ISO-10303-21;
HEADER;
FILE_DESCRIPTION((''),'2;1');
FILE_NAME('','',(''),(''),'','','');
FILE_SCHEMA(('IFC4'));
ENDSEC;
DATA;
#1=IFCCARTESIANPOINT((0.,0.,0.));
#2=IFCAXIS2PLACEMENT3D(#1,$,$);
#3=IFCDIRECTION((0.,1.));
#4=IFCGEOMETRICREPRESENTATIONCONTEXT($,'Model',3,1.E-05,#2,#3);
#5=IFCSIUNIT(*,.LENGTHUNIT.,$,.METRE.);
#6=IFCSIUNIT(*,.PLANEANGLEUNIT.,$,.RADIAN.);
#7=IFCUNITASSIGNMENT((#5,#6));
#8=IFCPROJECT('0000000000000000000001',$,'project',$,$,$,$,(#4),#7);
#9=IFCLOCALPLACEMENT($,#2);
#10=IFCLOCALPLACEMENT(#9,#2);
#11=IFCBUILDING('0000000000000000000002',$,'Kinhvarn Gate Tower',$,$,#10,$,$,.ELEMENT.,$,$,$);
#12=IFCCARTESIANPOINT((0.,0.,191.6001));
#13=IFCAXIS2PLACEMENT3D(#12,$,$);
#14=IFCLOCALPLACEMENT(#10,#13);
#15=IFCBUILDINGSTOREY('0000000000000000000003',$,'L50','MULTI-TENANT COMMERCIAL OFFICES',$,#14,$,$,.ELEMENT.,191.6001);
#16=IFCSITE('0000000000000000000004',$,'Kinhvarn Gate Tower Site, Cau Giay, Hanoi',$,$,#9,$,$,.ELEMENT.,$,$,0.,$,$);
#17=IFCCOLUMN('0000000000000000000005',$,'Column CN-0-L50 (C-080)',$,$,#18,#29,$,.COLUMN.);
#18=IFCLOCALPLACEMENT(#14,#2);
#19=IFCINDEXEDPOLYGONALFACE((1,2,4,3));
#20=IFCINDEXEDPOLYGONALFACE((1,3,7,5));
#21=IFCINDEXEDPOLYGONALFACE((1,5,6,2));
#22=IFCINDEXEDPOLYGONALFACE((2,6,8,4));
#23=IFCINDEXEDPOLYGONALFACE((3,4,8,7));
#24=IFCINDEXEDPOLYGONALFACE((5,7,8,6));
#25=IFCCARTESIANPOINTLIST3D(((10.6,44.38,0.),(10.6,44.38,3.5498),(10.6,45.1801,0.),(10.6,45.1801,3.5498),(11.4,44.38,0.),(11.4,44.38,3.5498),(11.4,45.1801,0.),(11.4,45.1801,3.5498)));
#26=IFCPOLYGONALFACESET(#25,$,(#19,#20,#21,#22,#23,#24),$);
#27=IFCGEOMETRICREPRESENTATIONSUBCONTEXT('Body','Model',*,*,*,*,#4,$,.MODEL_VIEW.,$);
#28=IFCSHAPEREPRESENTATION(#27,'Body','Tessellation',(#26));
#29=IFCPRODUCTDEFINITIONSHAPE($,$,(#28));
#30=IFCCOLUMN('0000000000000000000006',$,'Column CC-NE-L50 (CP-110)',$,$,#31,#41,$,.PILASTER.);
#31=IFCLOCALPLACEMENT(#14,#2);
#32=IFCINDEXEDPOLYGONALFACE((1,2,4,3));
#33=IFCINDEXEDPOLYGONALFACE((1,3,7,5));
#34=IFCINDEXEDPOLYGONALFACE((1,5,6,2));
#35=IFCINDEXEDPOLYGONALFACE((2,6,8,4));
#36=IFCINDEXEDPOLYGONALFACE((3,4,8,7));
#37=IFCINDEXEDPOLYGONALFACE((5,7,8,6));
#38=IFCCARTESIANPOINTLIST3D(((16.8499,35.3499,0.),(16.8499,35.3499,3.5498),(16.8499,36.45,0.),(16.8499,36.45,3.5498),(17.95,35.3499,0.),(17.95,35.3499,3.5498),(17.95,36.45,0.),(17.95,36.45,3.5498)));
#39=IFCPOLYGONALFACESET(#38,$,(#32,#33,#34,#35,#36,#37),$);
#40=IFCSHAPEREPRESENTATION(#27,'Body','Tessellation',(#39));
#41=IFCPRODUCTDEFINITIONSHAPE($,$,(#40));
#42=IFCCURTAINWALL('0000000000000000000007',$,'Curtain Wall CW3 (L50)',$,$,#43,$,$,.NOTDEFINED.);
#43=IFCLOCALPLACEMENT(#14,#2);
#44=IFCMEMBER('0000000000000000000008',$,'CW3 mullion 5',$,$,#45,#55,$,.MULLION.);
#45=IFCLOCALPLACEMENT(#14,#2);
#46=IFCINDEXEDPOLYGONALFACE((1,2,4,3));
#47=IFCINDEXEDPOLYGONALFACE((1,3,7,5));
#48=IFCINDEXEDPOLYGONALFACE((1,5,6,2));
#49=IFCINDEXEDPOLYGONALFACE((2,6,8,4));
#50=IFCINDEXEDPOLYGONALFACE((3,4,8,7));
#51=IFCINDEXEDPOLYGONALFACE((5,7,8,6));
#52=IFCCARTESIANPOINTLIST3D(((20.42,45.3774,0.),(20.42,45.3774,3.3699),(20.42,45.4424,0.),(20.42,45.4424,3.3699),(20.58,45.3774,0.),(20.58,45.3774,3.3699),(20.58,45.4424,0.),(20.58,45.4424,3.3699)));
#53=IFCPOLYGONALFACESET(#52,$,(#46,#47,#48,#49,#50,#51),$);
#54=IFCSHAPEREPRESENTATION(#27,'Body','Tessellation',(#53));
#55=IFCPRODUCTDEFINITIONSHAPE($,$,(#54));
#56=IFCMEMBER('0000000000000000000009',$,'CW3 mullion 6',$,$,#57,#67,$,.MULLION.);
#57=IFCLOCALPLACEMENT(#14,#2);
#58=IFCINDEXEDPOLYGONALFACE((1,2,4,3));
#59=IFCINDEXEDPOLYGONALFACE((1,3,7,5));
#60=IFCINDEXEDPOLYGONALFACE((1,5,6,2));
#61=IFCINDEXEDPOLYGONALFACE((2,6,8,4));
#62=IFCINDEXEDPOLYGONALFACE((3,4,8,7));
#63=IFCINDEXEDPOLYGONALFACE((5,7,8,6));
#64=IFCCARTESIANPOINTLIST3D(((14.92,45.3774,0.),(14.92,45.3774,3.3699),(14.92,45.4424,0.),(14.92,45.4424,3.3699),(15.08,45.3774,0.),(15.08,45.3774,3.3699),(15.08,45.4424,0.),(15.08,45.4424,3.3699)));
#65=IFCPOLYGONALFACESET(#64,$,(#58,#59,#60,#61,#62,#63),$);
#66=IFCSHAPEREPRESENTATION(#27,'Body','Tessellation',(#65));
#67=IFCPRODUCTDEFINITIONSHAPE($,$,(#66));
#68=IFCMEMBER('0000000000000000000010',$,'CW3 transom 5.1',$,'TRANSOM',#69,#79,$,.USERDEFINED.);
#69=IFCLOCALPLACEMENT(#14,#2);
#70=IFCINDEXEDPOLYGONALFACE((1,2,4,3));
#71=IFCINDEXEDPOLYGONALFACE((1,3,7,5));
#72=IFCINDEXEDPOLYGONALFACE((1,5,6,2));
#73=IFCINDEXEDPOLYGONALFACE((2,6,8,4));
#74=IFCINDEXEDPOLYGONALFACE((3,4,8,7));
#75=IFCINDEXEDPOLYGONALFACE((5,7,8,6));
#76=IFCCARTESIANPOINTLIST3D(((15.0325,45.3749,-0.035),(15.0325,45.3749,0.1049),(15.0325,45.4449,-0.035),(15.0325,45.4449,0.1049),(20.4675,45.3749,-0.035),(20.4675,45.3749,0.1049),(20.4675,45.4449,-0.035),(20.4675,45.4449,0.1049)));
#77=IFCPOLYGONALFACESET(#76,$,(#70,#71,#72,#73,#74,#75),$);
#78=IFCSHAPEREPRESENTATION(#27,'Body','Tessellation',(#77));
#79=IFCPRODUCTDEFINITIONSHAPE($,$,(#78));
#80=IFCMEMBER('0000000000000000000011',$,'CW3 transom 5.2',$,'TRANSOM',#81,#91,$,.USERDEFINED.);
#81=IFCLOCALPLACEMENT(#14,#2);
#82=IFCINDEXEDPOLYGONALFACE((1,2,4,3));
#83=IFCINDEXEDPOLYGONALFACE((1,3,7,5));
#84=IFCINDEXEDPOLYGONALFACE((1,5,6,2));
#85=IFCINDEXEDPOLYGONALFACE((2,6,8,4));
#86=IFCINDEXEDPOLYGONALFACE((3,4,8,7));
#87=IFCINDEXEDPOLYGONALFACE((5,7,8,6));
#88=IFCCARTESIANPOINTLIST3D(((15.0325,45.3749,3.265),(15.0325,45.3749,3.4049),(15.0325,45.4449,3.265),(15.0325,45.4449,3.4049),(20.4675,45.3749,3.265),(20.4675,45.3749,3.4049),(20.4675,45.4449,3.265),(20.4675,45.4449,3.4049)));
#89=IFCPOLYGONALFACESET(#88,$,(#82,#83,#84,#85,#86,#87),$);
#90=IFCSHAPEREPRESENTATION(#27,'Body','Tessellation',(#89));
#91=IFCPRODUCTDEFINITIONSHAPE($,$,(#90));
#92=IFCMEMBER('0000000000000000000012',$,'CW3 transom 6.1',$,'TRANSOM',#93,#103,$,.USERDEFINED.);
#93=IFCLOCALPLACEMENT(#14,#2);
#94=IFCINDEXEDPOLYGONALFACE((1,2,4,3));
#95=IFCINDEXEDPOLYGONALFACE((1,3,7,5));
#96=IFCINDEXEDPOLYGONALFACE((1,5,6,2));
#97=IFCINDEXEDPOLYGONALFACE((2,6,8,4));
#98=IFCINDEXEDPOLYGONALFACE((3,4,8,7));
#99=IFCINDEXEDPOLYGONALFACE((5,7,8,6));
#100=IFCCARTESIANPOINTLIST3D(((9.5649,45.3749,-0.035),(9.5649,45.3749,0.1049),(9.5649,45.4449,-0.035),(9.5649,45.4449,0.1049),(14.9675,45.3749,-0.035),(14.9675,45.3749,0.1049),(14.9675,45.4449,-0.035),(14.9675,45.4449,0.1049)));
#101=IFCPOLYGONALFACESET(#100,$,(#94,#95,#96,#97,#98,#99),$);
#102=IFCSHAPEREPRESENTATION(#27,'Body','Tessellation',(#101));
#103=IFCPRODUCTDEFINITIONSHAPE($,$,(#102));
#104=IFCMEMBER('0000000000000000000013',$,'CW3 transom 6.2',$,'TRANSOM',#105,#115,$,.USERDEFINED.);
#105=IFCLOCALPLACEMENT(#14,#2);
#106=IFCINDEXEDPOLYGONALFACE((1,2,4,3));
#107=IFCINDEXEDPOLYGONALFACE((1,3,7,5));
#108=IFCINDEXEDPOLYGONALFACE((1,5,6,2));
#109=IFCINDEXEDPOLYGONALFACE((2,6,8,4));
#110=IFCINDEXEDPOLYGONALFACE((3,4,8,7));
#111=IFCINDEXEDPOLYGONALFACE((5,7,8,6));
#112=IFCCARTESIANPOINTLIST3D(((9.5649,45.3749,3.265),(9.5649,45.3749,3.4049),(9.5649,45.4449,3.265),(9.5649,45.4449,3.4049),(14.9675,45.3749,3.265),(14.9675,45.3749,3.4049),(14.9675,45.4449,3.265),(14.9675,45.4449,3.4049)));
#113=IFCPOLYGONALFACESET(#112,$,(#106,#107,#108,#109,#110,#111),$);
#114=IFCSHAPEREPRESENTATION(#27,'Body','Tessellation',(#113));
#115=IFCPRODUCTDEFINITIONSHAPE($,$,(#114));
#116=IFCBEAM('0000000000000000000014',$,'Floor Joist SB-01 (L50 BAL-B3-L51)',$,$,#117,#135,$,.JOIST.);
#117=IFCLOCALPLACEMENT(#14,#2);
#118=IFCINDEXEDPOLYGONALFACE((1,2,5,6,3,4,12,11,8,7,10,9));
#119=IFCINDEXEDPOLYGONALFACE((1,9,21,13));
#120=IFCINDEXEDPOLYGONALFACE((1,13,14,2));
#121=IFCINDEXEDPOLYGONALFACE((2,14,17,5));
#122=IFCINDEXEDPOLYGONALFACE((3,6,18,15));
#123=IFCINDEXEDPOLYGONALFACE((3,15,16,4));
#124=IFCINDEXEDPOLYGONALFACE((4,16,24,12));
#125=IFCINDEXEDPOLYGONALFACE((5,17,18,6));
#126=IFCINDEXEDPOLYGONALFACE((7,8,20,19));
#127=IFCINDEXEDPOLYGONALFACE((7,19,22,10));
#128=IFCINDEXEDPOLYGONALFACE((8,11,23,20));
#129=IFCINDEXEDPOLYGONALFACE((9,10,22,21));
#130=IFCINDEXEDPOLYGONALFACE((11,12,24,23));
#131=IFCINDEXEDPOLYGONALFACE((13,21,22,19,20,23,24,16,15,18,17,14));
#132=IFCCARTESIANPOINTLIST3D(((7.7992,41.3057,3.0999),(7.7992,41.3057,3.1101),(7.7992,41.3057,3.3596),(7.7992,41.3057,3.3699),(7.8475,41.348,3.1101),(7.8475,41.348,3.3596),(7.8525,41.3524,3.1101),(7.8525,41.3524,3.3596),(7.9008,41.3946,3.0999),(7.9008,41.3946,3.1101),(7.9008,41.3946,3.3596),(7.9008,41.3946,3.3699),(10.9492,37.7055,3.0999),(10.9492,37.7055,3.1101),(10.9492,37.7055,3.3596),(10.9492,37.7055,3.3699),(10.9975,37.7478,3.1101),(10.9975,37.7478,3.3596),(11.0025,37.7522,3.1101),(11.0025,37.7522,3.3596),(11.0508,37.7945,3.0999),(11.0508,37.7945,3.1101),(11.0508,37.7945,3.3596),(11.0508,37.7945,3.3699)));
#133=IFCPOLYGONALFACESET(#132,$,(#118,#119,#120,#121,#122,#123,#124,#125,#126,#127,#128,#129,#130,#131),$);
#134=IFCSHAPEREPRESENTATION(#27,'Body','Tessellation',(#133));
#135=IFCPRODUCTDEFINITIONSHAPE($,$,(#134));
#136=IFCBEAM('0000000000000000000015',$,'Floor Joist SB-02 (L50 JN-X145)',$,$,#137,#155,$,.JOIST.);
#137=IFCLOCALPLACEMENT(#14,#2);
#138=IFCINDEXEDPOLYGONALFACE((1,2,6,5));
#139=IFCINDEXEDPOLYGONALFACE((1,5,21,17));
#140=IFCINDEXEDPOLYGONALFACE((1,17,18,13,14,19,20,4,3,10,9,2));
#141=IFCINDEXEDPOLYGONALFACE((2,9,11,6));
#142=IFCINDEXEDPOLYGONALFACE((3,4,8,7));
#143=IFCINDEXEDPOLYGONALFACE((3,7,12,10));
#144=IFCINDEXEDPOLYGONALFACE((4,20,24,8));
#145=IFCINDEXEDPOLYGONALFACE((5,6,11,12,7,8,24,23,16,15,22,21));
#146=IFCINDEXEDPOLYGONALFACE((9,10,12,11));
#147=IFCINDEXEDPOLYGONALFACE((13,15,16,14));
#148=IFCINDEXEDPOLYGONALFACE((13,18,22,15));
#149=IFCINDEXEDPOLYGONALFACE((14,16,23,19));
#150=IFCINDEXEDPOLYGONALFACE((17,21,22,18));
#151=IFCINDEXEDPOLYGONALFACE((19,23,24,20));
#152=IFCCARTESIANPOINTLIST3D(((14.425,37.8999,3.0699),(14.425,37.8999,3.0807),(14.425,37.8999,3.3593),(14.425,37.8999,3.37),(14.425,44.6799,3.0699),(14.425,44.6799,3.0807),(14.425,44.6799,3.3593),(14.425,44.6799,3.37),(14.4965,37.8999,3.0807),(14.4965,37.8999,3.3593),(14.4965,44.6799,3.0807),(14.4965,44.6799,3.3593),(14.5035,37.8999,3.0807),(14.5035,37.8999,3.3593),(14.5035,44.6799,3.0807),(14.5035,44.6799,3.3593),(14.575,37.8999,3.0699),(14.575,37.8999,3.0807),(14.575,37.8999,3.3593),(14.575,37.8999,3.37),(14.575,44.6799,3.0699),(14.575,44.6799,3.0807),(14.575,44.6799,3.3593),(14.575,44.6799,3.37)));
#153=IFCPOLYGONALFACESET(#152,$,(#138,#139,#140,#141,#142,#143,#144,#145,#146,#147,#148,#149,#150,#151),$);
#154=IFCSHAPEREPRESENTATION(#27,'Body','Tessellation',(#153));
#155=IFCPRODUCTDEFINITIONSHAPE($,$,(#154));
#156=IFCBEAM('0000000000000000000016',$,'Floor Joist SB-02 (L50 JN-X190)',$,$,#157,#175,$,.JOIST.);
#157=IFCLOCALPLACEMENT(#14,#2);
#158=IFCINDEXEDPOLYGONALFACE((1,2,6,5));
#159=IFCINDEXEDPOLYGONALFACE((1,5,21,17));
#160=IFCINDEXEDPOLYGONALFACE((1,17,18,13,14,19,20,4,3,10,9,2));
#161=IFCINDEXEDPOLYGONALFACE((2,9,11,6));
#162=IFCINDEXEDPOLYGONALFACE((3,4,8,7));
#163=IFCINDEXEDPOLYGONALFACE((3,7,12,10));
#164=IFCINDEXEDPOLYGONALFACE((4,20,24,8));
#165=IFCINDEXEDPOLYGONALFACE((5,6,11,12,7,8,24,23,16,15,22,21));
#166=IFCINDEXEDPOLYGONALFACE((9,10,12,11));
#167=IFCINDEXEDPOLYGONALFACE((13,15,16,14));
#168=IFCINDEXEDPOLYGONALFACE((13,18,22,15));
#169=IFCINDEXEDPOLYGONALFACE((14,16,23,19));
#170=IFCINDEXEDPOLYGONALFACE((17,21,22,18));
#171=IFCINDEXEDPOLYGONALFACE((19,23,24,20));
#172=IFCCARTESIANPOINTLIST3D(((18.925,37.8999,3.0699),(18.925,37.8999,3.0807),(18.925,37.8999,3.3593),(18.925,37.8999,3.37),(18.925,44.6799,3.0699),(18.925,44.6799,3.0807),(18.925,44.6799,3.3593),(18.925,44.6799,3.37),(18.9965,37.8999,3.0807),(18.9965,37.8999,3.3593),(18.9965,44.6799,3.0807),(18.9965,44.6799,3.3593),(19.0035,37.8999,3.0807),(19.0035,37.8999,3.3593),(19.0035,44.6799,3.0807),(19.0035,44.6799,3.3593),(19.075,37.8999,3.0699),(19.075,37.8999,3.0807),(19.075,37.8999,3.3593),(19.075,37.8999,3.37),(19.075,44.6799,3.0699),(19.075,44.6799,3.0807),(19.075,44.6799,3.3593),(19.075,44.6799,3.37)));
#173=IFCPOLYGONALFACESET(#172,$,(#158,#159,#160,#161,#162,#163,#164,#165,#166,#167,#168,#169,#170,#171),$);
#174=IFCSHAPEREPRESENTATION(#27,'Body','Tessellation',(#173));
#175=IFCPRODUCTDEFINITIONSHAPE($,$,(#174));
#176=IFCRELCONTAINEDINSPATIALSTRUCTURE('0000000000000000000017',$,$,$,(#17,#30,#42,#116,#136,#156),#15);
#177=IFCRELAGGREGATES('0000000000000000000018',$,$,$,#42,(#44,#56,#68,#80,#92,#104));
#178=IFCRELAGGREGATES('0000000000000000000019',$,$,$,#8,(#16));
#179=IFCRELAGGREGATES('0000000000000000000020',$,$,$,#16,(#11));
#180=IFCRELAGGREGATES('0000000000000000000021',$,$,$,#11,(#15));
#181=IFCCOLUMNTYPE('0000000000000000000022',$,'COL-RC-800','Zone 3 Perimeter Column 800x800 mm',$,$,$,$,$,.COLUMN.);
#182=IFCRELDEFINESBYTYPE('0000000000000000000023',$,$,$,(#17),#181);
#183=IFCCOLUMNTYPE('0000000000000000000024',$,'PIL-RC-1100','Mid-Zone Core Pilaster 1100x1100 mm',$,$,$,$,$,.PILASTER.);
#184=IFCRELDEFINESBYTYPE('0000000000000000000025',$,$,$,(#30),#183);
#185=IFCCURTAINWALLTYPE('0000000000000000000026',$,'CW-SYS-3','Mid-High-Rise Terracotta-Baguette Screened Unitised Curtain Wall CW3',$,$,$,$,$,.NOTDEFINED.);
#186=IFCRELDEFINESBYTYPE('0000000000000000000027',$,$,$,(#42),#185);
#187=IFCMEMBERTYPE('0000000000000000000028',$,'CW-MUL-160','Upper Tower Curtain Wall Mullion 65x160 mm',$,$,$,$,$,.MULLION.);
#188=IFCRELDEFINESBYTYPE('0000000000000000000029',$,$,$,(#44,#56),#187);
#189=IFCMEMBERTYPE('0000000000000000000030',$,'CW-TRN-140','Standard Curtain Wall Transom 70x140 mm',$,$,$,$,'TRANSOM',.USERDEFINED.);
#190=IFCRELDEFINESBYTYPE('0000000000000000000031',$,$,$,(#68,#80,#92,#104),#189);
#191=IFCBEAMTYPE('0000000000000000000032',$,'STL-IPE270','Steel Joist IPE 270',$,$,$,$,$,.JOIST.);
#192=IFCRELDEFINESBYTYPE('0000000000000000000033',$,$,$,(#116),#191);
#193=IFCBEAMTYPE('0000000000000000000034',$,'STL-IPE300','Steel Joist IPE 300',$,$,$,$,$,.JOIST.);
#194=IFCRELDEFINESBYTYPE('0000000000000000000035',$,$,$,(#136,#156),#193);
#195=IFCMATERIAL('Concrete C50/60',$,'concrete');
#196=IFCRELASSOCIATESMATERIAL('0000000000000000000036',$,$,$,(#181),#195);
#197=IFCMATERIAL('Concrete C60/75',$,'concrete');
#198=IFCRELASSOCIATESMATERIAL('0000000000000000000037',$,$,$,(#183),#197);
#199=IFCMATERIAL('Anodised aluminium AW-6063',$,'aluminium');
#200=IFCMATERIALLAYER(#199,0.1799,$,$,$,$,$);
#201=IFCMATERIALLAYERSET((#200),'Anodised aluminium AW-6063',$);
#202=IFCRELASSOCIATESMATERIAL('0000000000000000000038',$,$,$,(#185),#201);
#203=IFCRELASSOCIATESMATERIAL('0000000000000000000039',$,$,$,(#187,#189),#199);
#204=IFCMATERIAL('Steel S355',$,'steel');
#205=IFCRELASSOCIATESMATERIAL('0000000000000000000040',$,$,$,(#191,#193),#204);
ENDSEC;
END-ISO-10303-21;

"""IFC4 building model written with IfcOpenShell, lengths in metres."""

from ifc_helpers import new_model, si_unit, direction, frame, origin, origin_2d, place, context, subcontext, project, spatial, rectangle, i_section, extrude, material, layer, layer_set, material_profile, profile_set, type_object, element, aggregate, save


model = new_model("IFC4")

# Units and contexts
model_context = context("Model", 3, precision=1e-05, world=origin(), true_north=direction((0.0, 1.0)))
body_context = subcontext(model_context, "Body", "Model", "MODEL_VIEW")
ifc_project = project(units=[si_unit("LENGTHUNIT", "METRE"), si_unit("PLANEANGLEUNIT", "RADIAN")], contexts=[model_context])

# Site, building, storey
site_placement = place(None, origin())
site = spatial("IfcSite", under=ifc_project, at=site_placement, Name="Kinhvarn Gate Tower Site, Cau Giay, Hanoi", CompositionType="ELEMENT", RefElevation=0.0)
building_placement = place(site_placement, origin())
building = spatial("IfcBuilding", under=site, at=building_placement, Name="Kinhvarn Gate Tower", CompositionType="ELEMENT")
storey_placement = place(building_placement, frame((0.0, 0.0, 191.6001)))
storey = spatial("IfcBuildingStorey", under=building, at=storey_placement, Name="L50", Description="MULTI-TENANT COMMERCIAL OFFICES", CompositionType="ELEMENT", Elevation=191.6001)

# Columns
ifc_material_1 = material(Name="Concrete C50/60", Category="concrete")
ifc_material_profile_1 = material_profile(ifc_material_1, rectangle(XDim=0.8, YDim=0.8, at=origin_2d()), Name="RC 800x800")
ifc_profile_set_1 = profile_set([ifc_material_profile_1], Name="Concrete C50/60")
column_type_1 = type_object("IfcColumnType", Name="COL-RC-800", Description="Zone 3 Perimeter Column 800x800 mm", PredefinedType="COLUMN", material=ifc_profile_set_1)
column_1_placement = place(storey_placement, frame((11.0, 44.78, 0.0), z_axis=(0.0, 0.0, 1.0), x_axis=(1.0, 0.0, 0.0)))
element("IfcColumn", 1, at=column_1_placement, inside=storey, type_object=column_type_1, Name="Column CN-0-L50 (C-080)", PredefinedType="COLUMN", context=body_context, shape_type="SweptSolid", body=[
    extrude(rectangle(XDim=0.8, YDim=0.8, at=origin_2d()), origin(), (0.0, 0.0, 1.0), 3.5498),
])
ifc_material_2 = material(Name="Concrete C60/75", Category="concrete")
ifc_material_profile_2 = material_profile(ifc_material_2, rectangle(XDim=1.1001, YDim=1.1001, at=origin_2d()), Name="RC 1100x1100")
ifc_profile_set_2 = profile_set([ifc_material_profile_2], Name="Concrete C60/75")
column_type_2 = type_object("IfcColumnType", Name="PIL-RC-1100", Description="Mid-Zone Core Pilaster 1100x1100 mm", PredefinedType="PILASTER", material=ifc_profile_set_2)
column_2_placement = place(storey_placement, frame((17.3999, 35.8999, 0.0), z_axis=(0.0, 0.0, 1.0), x_axis=(1.0, 0.0, 0.0)))
element("IfcColumn", 2, at=column_2_placement, inside=storey, type_object=column_type_2, Name="Column CC-NE-L50 (CP-110)", PredefinedType="PILASTER", context=body_context, shape_type="SweptSolid", body=[
    extrude(rectangle(XDim=1.1001, YDim=1.1001, at=origin_2d()), origin(), (0.0, 0.0, 1.0), 3.5498),
])

# Curtain wall, members
ifc_material_3 = material(Name="Anodised aluminium AW-6063", Category="aluminium")
ifc_layer_1 = layer(ifc_material_3, 0.1799)
ifc_layer_set_1 = layer_set([ifc_layer_1], Name="Anodised aluminium AW-6063")
curtain_wall_type = type_object("IfcCurtainWallType", Name="CW-SYS-3", Description="Mid-High-Rise Terracotta-Baguette Screened Unitised Curtain Wall CW3", PredefinedType="NOTDEFINED", material=ifc_layer_set_1)
curtain_wall_placement = place(storey_placement, origin())
curtain_wall = element("IfcCurtainWall", 3, at=curtain_wall_placement, inside=storey, type_object=curtain_wall_type, Name="Curtain Wall CW3 (L50)", PredefinedType="NOTDEFINED")
ifc_material_profile_3 = material_profile(ifc_material_3, rectangle(XDim=0.0649, YDim=0.1599, at=origin_2d()), Name="ALU 65x160")
ifc_profile_set_3 = profile_set([ifc_material_profile_3], Name="Anodised aluminium AW-6063")
member_type_1 = type_object("IfcMemberType", Name="CW-MUL-160", Description="Upper Tower Curtain Wall Mullion 65x160 mm", PredefinedType="MULLION", material=ifc_profile_set_3)
member_1_placement = place(storey_placement, frame((20.5, 45.4099, 0.0), z_axis=(0.0, 0.0, 1.0), x_axis=(0.0, -1.0, 0.0)))
member_1 = element("IfcMember", 4, at=member_1_placement, type_object=member_type_1, Name="CW3 mullion 5", PredefinedType="MULLION", context=body_context, shape_type="SweptSolid", body=[
    extrude(rectangle(XDim=0.0649, YDim=0.1599, at=origin_2d()), origin(), (0.0, 0.0, 1.0), 3.3699),
])
member_2_placement = place(storey_placement, frame((15.0, 45.4099, 0.0), z_axis=(0.0, 0.0, 1.0), x_axis=(0.0, -1.0, 0.0)))
member_2 = element("IfcMember", 5, at=member_2_placement, type_object=member_type_1, Name="CW3 mullion 6", PredefinedType="MULLION", context=body_context, shape_type="SweptSolid", body=[
    extrude(rectangle(XDim=0.0649, YDim=0.1599, at=origin_2d()), origin(), (0.0, 0.0, 1.0), 3.3699),
])
ifc_material_profile_4 = material_profile(ifc_material_3, rectangle(XDim=0.0701, YDim=0.1399, at=origin_2d()), Name="ALU 70x140")
ifc_profile_set_4 = profile_set([ifc_material_profile_4], Name="Anodised aluminium AW-6063")
member_type_2 = type_object("IfcMemberType", Name="CW-TRN-140", Description="Standard Curtain Wall Transom 70x140 mm", ElementType="TRANSOM", PredefinedType="USERDEFINED", material=ifc_profile_set_4)
member_3_placement = place(storey_placement, frame((20.4675, 45.4099, 0.0349), z_axis=(-1.0, 0.0, 0.0), x_axis=(0.0, -1.0, 0.0)))
member_3 = element("IfcMember", 6, at=member_3_placement, type_object=member_type_2, Name="CW3 transom 5.1", ObjectType="TRANSOM", PredefinedType="USERDEFINED", context=body_context, shape_type="SweptSolid", body=[
    extrude(rectangle(XDim=0.0701, YDim=0.1399, at=origin_2d()), origin(), (0.0, 0.0, 1.0), 5.4351),
])
member_4_placement = place(storey_placement, frame((20.4675, 45.4099, 3.335), z_axis=(-1.0, 0.0, 0.0), x_axis=(0.0, -1.0, 0.0)))
member_4 = element("IfcMember", 7, at=member_4_placement, type_object=member_type_2, Name="CW3 transom 5.2", ObjectType="TRANSOM", PredefinedType="USERDEFINED", context=body_context, shape_type="SweptSolid", body=[
    extrude(rectangle(XDim=0.0701, YDim=0.1399, at=origin_2d()), origin(), (0.0, 0.0, 1.0), 5.4351),
])
member_5_placement = place(storey_placement, frame((14.9675, 45.4099, 0.0349), z_axis=(-1.0, 0.0, 0.0), x_axis=(0.0, -1.0, 0.0)))
member_5 = element("IfcMember", 8, at=member_5_placement, type_object=member_type_2, Name="CW3 transom 6.1", ObjectType="TRANSOM", PredefinedType="USERDEFINED", context=body_context, shape_type="SweptSolid", body=[
    extrude(rectangle(XDim=0.0701, YDim=0.1399, at=origin_2d()), origin(), (0.0, 0.0, 1.0), 5.4026),
])
member_6_placement = place(storey_placement, frame((14.9675, 45.4099, 3.335), z_axis=(-1.0, 0.0, 0.0), x_axis=(0.0, -1.0, 0.0)))
member_6 = element("IfcMember", 9, at=member_6_placement, type_object=member_type_2, Name="CW3 transom 6.2", ObjectType="TRANSOM", PredefinedType="USERDEFINED", context=body_context, shape_type="SweptSolid", body=[
    extrude(rectangle(XDim=0.0701, YDim=0.1399, at=origin_2d()), origin(), (0.0, 0.0, 1.0), 5.4026),
])

# Beams
ifc_material_4 = material(Name="Steel S355", Category="steel")
ifc_material_profile_5 = material_profile(ifc_material_4, i_section(OverallWidth=0.135, OverallDepth=0.27, WebThickness=0.0066, FlangeThickness=0.0103, at=origin_2d()), Name="IPE 270")
ifc_profile_set_5 = profile_set([ifc_material_profile_5], Name="Steel S355")
beam_type_1 = type_object("IfcBeamType", Name="STL-IPE270", Description="Steel Joist IPE 270", PredefinedType="JOIST", material=ifc_profile_set_5)
beam_1_placement = place(storey_placement, frame((11.0, 37.75, 3.2349), z_axis=(-0.658483, 0.752596, 0.0), x_axis=(-0.752596, -0.658483, 0.0)))
element("IfcBeam", 10, at=beam_1_placement, inside=storey, type_object=beam_type_1, Name="Floor Joist SB-01 (L50 BAL-B3-L51)", PredefinedType="JOIST", context=body_context, shape_type="SweptSolid", body=[
    extrude(i_section(OverallWidth=0.135, OverallDepth=0.27, WebThickness=0.0066, FlangeThickness=0.0103, at=origin_2d()), origin(), (0.0, 0.0, 1.0), 4.7837),
])
ifc_material_profile_6 = material_profile(ifc_material_4, i_section(OverallWidth=0.1499, OverallDepth=0.3, WebThickness=0.0071, FlangeThickness=0.0107, at=origin_2d()), Name="IPE 300")
ifc_profile_set_6 = profile_set([ifc_material_profile_6], Name="Steel S355")
beam_type_2 = type_object("IfcBeamType", Name="STL-IPE300", Description="Steel Joist IPE 300", PredefinedType="JOIST", material=ifc_profile_set_6)
for number, where, z_axis, x_axis, name in (
    (11, (14.5, 37.8999, 3.22), (0.0, 1.0, 0.0), (-1.0, 0.0, 0.0), "Floor Joist SB-02 (L50 JN-X145)"),
    (12, (19.0, 37.8999, 3.22), (0.0, 1.0, 0.0), (-1.0, 0.0, 0.0), "Floor Joist SB-02 (L50 JN-X190)"),
):
    element("IfcBeam", number, at=place(storey_placement, frame(where, z_axis=z_axis, x_axis=x_axis)), inside=storey, type_object=beam_type_2, Name=name, PredefinedType="JOIST", context=body_context, shape_type="SweptSolid", body=[
        extrude(i_section(OverallWidth=0.1499, OverallDepth=0.3, WebThickness=0.0071, FlangeThickness=0.0107, at=origin_2d()), origin(), (0.0, 0.0, 1.0), 6.78),
    ])

aggregate(curtain_wall, [member_1, member_2, member_3, member_4, member_5, member_6])

save(model, "model.ifc")
